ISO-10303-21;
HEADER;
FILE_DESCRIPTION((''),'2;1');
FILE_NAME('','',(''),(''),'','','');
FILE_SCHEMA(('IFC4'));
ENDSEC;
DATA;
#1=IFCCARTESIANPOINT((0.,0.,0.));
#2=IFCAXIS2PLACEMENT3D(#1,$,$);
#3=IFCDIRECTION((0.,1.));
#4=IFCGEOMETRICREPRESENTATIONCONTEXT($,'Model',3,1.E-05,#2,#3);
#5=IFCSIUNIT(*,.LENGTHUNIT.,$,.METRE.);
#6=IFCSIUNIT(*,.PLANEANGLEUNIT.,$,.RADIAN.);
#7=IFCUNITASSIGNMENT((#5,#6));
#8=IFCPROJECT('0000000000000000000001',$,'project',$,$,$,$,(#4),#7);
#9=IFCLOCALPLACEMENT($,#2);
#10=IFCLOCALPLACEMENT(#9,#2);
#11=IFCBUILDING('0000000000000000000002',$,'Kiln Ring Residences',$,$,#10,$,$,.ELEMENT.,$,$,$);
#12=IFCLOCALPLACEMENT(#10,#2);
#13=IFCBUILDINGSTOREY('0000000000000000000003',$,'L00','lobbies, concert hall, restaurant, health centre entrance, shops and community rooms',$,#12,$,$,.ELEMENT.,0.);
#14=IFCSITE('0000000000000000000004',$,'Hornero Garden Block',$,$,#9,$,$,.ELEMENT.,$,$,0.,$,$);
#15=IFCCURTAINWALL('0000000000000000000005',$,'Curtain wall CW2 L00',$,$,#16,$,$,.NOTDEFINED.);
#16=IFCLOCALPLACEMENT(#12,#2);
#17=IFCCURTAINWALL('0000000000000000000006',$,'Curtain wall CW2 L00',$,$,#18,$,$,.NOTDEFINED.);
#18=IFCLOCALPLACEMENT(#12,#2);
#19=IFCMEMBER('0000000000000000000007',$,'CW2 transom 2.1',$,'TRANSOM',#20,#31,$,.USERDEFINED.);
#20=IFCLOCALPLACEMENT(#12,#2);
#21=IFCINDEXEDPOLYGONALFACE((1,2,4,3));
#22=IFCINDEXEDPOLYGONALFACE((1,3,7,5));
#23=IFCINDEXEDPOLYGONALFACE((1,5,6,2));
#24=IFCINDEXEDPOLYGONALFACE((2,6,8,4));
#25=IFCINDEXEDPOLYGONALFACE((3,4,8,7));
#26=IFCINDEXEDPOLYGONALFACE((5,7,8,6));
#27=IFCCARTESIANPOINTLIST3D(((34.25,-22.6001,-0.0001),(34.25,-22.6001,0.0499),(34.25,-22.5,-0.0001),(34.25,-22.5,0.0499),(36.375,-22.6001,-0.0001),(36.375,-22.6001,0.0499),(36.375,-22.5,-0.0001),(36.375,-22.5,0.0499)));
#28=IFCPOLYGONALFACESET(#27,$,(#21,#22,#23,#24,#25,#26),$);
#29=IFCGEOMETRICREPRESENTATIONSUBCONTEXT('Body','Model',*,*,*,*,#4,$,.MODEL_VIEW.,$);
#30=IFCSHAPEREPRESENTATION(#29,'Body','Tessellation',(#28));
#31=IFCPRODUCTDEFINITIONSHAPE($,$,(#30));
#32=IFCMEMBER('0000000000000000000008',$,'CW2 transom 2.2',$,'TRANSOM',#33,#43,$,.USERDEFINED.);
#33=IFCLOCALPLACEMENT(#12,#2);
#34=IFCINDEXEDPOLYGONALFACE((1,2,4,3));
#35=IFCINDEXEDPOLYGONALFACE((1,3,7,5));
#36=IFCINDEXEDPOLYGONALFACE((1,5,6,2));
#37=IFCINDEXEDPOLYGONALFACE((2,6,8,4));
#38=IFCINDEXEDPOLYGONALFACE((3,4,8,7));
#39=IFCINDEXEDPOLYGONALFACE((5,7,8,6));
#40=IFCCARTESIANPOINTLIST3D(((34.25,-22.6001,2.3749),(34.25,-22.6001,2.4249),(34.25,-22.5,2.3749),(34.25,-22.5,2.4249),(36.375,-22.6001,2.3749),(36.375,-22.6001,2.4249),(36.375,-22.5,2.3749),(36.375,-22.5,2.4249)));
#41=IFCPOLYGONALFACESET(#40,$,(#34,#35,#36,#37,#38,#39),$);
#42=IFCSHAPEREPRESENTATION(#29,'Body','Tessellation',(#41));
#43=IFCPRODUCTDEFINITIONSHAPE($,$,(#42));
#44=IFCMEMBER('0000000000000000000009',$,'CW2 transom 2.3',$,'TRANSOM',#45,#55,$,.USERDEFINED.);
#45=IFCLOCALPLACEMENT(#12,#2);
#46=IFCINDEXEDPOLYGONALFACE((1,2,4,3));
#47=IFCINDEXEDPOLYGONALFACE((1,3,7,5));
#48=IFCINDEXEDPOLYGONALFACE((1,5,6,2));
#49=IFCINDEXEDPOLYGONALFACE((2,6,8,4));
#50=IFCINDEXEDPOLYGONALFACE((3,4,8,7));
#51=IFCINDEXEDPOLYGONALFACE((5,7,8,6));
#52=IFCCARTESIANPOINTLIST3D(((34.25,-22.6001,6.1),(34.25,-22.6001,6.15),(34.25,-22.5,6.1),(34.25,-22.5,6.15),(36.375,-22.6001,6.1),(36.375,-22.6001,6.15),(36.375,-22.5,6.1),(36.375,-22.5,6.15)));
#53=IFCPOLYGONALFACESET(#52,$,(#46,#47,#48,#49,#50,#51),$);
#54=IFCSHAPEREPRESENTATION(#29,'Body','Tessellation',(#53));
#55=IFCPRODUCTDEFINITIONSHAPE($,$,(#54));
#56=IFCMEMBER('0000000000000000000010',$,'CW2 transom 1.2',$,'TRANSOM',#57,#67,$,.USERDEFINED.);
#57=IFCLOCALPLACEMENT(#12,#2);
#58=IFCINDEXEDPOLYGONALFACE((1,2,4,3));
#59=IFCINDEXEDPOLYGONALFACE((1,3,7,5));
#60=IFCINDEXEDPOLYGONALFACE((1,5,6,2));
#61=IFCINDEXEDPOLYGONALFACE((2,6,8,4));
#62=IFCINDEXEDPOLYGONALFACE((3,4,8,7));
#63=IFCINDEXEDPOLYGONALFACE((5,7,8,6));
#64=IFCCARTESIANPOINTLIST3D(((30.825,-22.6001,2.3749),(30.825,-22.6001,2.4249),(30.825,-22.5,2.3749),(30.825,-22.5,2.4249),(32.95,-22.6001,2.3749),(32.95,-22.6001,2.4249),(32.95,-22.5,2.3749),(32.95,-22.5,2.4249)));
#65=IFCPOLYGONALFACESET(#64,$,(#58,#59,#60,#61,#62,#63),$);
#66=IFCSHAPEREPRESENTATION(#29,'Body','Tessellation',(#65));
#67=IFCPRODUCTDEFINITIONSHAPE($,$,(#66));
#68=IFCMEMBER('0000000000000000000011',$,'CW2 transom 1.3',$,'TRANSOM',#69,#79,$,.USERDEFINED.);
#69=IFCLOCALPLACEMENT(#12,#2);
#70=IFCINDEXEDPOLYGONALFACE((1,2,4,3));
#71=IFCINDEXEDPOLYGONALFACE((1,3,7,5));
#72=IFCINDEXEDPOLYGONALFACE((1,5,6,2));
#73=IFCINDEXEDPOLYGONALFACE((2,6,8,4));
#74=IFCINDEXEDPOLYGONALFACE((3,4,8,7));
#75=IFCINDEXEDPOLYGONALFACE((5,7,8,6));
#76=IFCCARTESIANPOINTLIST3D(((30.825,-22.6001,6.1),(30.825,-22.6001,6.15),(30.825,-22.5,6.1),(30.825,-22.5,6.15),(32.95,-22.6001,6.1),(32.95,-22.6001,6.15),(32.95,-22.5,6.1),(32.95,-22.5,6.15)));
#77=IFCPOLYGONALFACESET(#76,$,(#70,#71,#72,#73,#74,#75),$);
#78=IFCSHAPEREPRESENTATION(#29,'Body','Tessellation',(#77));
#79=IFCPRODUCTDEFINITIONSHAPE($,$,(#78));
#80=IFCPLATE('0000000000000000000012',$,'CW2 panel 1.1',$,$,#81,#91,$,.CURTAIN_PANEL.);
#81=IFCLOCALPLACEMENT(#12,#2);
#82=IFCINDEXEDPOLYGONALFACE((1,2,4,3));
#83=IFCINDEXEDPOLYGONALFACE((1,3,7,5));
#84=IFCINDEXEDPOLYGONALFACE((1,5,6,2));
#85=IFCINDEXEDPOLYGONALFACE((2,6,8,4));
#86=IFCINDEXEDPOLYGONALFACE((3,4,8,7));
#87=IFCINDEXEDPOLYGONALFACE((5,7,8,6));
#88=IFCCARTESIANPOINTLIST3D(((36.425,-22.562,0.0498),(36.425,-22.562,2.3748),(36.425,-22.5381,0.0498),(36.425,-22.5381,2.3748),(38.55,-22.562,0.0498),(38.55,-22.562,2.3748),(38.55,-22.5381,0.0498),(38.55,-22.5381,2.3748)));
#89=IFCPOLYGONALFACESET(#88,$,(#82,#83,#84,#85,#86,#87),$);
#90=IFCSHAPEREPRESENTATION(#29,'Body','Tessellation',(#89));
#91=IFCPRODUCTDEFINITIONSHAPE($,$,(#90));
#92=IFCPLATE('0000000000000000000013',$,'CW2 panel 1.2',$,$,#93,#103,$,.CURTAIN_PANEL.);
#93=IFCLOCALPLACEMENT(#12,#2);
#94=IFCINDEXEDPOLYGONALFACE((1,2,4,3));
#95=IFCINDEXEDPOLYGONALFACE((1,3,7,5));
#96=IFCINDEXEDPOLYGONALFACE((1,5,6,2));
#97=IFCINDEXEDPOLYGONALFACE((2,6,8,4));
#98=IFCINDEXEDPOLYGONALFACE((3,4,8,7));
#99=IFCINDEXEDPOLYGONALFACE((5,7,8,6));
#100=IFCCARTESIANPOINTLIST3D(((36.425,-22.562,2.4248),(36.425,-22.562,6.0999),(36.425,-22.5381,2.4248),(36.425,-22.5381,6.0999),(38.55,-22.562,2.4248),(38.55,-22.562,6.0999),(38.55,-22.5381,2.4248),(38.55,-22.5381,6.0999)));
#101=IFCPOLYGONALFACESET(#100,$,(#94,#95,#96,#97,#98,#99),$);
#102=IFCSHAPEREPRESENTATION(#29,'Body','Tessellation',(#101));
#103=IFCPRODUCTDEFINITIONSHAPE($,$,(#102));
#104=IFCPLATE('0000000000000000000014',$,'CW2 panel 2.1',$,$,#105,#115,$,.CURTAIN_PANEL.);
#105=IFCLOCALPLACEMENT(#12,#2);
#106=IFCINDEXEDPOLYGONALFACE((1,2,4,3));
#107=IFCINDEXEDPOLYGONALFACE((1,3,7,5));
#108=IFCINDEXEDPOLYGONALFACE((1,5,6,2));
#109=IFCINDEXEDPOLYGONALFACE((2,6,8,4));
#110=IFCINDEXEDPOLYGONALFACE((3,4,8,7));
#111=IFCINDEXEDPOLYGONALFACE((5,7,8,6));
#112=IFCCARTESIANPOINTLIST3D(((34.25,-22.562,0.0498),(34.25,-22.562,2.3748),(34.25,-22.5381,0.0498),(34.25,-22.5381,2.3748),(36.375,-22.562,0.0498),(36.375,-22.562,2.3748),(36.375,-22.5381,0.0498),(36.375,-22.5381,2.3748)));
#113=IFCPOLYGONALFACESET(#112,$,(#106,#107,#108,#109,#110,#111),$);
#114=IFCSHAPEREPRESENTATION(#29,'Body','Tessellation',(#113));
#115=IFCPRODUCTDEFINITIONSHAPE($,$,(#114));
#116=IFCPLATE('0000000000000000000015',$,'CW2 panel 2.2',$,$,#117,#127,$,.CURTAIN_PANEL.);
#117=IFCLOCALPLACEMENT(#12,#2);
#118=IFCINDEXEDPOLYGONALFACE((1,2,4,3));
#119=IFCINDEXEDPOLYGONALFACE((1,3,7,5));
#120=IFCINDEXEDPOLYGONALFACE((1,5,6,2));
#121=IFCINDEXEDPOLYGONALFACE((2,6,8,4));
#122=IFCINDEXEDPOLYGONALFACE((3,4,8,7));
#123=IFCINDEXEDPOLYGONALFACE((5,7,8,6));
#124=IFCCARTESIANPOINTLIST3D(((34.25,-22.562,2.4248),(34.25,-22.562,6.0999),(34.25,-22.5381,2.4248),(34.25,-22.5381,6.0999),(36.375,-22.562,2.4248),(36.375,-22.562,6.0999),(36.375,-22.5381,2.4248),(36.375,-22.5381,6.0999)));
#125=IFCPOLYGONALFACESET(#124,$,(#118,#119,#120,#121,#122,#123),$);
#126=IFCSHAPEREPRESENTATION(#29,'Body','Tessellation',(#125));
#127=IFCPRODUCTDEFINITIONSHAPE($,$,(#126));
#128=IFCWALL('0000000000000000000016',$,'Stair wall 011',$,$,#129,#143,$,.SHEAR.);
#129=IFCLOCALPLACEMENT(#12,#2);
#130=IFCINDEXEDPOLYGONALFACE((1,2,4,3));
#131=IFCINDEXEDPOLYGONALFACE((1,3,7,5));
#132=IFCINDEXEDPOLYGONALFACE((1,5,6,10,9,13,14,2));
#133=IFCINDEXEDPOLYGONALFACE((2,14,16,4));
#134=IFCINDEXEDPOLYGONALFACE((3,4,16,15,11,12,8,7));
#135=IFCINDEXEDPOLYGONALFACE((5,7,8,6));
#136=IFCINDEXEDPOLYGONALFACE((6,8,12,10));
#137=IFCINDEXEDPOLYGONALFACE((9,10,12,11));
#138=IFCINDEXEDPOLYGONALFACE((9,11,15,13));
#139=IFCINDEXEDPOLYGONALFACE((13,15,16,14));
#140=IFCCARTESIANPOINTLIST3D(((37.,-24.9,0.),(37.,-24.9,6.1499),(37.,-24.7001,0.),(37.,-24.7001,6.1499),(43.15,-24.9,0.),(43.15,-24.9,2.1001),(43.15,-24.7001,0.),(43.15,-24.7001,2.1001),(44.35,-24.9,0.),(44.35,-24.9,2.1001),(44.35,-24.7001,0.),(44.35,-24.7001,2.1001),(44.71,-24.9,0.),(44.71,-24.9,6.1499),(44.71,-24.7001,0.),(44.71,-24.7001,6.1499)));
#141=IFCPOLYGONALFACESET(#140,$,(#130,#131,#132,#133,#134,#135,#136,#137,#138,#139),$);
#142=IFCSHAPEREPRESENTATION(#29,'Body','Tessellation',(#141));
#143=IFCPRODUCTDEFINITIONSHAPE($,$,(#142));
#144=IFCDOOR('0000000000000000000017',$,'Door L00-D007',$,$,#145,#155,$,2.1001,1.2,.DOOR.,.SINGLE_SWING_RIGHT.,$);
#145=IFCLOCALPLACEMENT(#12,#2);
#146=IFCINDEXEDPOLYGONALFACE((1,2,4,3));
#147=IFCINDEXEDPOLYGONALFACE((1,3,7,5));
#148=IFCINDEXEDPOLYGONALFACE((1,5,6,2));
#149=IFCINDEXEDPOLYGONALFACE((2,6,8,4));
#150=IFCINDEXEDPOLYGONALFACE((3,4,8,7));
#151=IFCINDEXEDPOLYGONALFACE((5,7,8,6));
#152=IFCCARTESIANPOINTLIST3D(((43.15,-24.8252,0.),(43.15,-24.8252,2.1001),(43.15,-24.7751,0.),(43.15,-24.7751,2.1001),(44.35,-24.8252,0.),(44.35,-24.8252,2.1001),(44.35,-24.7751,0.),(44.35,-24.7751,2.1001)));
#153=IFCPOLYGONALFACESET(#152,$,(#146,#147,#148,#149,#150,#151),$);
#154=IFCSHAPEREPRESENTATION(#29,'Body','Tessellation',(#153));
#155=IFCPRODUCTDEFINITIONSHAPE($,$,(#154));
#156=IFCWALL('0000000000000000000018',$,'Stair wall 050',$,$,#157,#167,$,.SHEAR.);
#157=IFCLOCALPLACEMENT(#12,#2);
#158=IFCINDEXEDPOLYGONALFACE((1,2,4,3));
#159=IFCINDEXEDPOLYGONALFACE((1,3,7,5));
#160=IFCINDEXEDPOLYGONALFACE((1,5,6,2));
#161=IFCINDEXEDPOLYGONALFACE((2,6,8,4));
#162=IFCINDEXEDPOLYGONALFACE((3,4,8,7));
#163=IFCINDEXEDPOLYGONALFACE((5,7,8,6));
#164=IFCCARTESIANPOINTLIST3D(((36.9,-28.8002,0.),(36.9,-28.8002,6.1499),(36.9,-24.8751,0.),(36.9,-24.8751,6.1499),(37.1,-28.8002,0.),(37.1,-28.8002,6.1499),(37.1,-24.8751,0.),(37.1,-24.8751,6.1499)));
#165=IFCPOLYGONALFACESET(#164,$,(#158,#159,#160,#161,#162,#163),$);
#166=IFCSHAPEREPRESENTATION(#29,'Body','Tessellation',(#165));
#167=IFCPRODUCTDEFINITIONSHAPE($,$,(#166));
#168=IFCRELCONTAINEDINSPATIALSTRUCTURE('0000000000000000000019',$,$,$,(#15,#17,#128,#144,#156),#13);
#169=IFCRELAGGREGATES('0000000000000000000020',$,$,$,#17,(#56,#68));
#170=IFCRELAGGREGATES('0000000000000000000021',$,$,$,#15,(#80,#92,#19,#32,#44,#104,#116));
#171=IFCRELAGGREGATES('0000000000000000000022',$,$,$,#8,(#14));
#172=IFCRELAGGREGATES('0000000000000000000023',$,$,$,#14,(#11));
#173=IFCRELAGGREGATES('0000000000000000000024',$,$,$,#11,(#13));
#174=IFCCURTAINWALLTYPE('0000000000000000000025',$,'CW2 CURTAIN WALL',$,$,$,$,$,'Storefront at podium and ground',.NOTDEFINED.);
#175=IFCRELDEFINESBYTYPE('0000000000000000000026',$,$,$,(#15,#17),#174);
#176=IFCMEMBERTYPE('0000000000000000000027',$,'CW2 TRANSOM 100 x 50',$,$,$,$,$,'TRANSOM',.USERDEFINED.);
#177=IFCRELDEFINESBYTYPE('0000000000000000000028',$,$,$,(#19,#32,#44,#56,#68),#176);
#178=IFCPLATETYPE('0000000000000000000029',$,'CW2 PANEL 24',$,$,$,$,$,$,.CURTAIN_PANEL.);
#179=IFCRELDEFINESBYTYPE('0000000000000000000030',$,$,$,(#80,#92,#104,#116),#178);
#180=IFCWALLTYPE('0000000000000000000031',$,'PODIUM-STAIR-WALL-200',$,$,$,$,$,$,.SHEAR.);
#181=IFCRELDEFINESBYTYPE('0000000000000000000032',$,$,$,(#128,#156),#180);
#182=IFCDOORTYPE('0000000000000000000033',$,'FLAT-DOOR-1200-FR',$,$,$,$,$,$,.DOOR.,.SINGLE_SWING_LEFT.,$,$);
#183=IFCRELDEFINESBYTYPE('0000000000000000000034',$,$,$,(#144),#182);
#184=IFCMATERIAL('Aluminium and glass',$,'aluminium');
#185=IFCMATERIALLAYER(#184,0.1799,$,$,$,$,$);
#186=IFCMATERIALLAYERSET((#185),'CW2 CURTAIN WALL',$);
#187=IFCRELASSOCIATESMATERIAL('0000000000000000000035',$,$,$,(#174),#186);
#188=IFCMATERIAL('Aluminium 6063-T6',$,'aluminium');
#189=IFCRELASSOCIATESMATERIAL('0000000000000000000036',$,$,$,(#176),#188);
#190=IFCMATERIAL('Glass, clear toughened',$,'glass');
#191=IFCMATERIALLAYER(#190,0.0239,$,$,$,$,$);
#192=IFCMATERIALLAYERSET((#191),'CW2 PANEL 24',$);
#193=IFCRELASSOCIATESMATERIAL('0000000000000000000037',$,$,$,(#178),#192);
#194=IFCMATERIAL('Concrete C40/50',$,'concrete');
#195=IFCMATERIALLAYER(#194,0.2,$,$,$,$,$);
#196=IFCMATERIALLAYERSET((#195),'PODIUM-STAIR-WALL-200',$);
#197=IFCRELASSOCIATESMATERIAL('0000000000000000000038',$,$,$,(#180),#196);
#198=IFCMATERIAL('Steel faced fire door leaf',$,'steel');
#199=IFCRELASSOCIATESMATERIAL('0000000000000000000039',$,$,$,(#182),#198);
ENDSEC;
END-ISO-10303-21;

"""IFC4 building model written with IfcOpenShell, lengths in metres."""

from ifc_helpers import new_model, si_unit, direction, frame, frame_2d, origin, origin_2d, place, context, subcontext, project, spatial, rectangle, extrude, material, layer, layer_set, material_profile, profile_set, type_object, element, fill, aggregate, save


model = new_model("IFC4")

# Units and contexts
model_context = context("Model", 3, precision=1e-05, world=origin(), true_north=direction((0.0, 1.0)))
body_context = subcontext(model_context, "Body", "Model", "MODEL_VIEW")
ifc_project = project(units=[si_unit("LENGTHUNIT", "METRE"), si_unit("PLANEANGLEUNIT", "RADIAN")], contexts=[model_context])

# Site, building, storey
site_placement = place(None, origin())
site = spatial("IfcSite", under=ifc_project, at=site_placement, Name="Hornero Garden Block", CompositionType="ELEMENT", RefElevation=0.0)
building_placement = place(site_placement, origin())
building = spatial("IfcBuilding", under=site, at=building_placement, Name="Kiln Ring Residences", CompositionType="ELEMENT")
storey_placement = place(building_placement, origin())
storey = spatial("IfcBuildingStorey", under=building, at=storey_placement, Name="L00", Description="lobbies, concert hall, restaurant, health centre entrance, shops and community rooms", CompositionType="ELEMENT", Elevation=0.0)

# Curtain wall
ifc_material_1 = material(Name="Aluminium and glass", Category="aluminium")
ifc_layer_1 = layer(ifc_material_1, 0.1799)
ifc_layer_set_1 = layer_set([ifc_layer_1], Name="CW2 CURTAIN WALL")
curtain_wall_type = type_object("IfcCurtainWallType", Name="CW2 CURTAIN WALL", ElementType="Storefront at podium and ground", PredefinedType="NOTDEFINED", material=ifc_layer_set_1)
placement = place(storey_placement, origin())
curtain_wall_1 = element("IfcCurtainWall", 1, at=placement, inside=storey, type_object=curtain_wall_type, Name="Curtain wall CW2 L00", PredefinedType="NOTDEFINED")

# Curtain wall
curtain_wall_2 = element("IfcCurtainWall", 2, at=placement, inside=storey, type_object=curtain_wall_type, Name="Curtain wall CW2 L00", PredefinedType="NOTDEFINED")

# Members
ifc_material_2 = material(Name="Aluminium 6063-T6", Category="aluminium")
ifc_material_profile_1 = material_profile(ifc_material_2, rectangle(XDim=0.1001, YDim=0.05, at=origin_2d()), Name="AL 100x50")
ifc_profile_set_1 = profile_set([ifc_material_profile_1], Name="Aluminium 6063-T6")
member_type_1 = type_object("IfcMemberType", Name="CW2 TRANSOM 100 x 50", ElementType="TRANSOM", PredefinedType="USERDEFINED", material=ifc_profile_set_1)
member_1_placement = place(storey_placement, frame((36.375, -22.55, 0.0249), z_axis=(-1.0, 0.0, 0.0), x_axis=(0.0, -1.0, 0.0)))
member_1 = element("IfcMember", 3, at=member_1_placement, type_object=member_type_1, Name="CW2 transom 2.1", ObjectType="TRANSOM", PredefinedType="USERDEFINED", context=body_context, shape_type="SweptSolid", body=[
    extrude(rectangle(XDim=0.1001, YDim=0.05, at=origin_2d()), origin(), (0.0, 0.0, 1.0), 2.125),
])
member_2_placement = place(storey_placement, frame((36.375, -22.55, 2.3999), z_axis=(-1.0, 0.0, 0.0), x_axis=(0.0, -1.0, 0.0)))
member_2 = element("IfcMember", 4, at=member_2_placement, type_object=member_type_1, Name="CW2 transom 2.2", ObjectType="TRANSOM", PredefinedType="USERDEFINED", context=body_context, shape_type="SweptSolid", body=[
    extrude(rectangle(XDim=0.1001, YDim=0.05, at=origin_2d()), origin(), (0.0, 0.0, 1.0), 2.125),
])
member_3_placement = place(storey_placement, frame((36.375, -22.55, 6.125), z_axis=(-1.0, 0.0, 0.0), x_axis=(0.0, -1.0, 0.0)))
member_3 = element("IfcMember", 5, at=member_3_placement, type_object=member_type_1, Name="CW2 transom 2.3", ObjectType="TRANSOM", PredefinedType="USERDEFINED", context=body_context, shape_type="SweptSolid", body=[
    extrude(rectangle(XDim=0.1001, YDim=0.05, at=origin_2d()), origin(), (0.0, 0.0, 1.0), 2.125),
])
member_4_placement = place(storey_placement, frame((32.95, -22.55, 2.3999), z_axis=(-1.0, 0.0, 0.0), x_axis=(0.0, -1.0, 0.0)))
member_4 = element("IfcMember", 6, at=member_4_placement, type_object=member_type_1, Name="CW2 transom 1.2", ObjectType="TRANSOM", PredefinedType="USERDEFINED", context=body_context, shape_type="SweptSolid", body=[
    extrude(rectangle(XDim=0.1001, YDim=0.05, at=origin_2d()), origin(), (0.0, 0.0, 1.0), 2.125),
])
member_5_placement = place(storey_placement, frame((32.95, -22.55, 6.125), z_axis=(-1.0, 0.0, 0.0), x_axis=(0.0, -1.0, 0.0)))
member_5 = element("IfcMember", 7, at=member_5_placement, type_object=member_type_1, Name="CW2 transom 1.3", ObjectType="TRANSOM", PredefinedType="USERDEFINED", context=body_context, shape_type="SweptSolid", body=[
    extrude(rectangle(XDim=0.1001, YDim=0.05, at=origin_2d()), origin(), (0.0, 0.0, 1.0), 2.125),
])
aggregate(curtain_wall_2, [member_4, member_5])

# Plates
ifc_material_3 = material(Name="Glass, clear toughened", Category="glass")
ifc_layer_2 = layer(ifc_material_3, 0.0239)
ifc_layer_set_2 = layer_set([ifc_layer_2], Name="CW2 PANEL 24")
plate_type = type_object("IfcPlateType", Name="CW2 PANEL 24", PredefinedType="CURTAIN_PANEL", material=ifc_layer_set_2)
plate_1_placement = place(storey_placement, frame((37.4875, -22.55, 0.0498), z_axis=(0.0, 0.0, 1.0), x_axis=(-1.0, 0.0, 0.0)))
plate_1 = element("IfcPlate", 8, at=plate_1_placement, type_object=plate_type, Name="CW2 panel 1.1", PredefinedType="CURTAIN_PANEL", context=body_context, shape_type="SweptSolid", body=[
    extrude(rectangle(XDim=2.125, YDim=0.0239, at=origin_2d()), origin(), (0.0, 0.0, 1.0), 2.325),
])
plate_2_placement = place(storey_placement, frame((37.4875, -22.55, 2.4248), z_axis=(0.0, 0.0, 1.0), x_axis=(-1.0, 0.0, 0.0)))
plate_2 = element("IfcPlate", 9, at=plate_2_placement, type_object=plate_type, Name="CW2 panel 1.2", PredefinedType="CURTAIN_PANEL", context=body_context, shape_type="SweptSolid", body=[
    extrude(rectangle(XDim=2.125, YDim=0.0239, at=origin_2d()), origin(), (0.0, 0.0, 1.0), 3.675),
])
plate_3_placement = place(storey_placement, frame((35.3125, -22.55, 0.0498), z_axis=(0.0, 0.0, 1.0), x_axis=(-1.0, 0.0, 0.0)))
plate_3 = element("IfcPlate", 10, at=plate_3_placement, type_object=plate_type, Name="CW2 panel 2.1", PredefinedType="CURTAIN_PANEL", context=body_context, shape_type="SweptSolid", body=[
    extrude(rectangle(XDim=2.125, YDim=0.0239, at=origin_2d()), origin(), (0.0, 0.0, 1.0), 2.325),
])
plate_4_placement = place(storey_placement, frame((35.3125, -22.55, 2.4248), z_axis=(0.0, 0.0, 1.0), x_axis=(-1.0, 0.0, 0.0)))
plate_4 = element("IfcPlate", 11, at=plate_4_placement, type_object=plate_type, Name="CW2 panel 2.2", PredefinedType="CURTAIN_PANEL", context=body_context, shape_type="SweptSolid", body=[
    extrude(rectangle(XDim=2.125, YDim=0.0239, at=origin_2d()), origin(), (0.0, 0.0, 1.0), 3.675),
])
aggregate(curtain_wall_1, [plate_1, plate_2, member_1, member_2, member_3, plate_3, plate_4])

# Wall, opening, door
ifc_material_4 = material(Name="Concrete C40/50", Category="concrete")
ifc_layer_3 = layer(ifc_material_4, 0.2)
ifc_layer_set_3 = layer_set([ifc_layer_3], Name="PODIUM-STAIR-WALL-200")
wall_type = type_object("IfcWallType", Name="PODIUM-STAIR-WALL-200", PredefinedType="SHEAR", material=ifc_layer_set_3)
wall_1_placement = place(storey_placement, frame((37.0, -24.8, 0.0), z_axis=(0.0, 0.0, 1.0), x_axis=(1.0, 0.0, 0.0)))
wall_1 = element("IfcWall", 12, at=wall_1_placement, inside=storey, type_object=wall_type, Name="Stair wall 011", PredefinedType="SHEAR", context=body_context, shape_type="SweptSolid", body=[
    extrude(rectangle(XDim=7.71, YDim=0.2, at=frame_2d((3.855, 0.0))), origin(), (0.0, 0.0, 1.0), 6.1499),
])
opening_placement = place(wall_1_placement, frame((6.1499, 0.0, 0.0)))
opening = element("IfcOpeningElement", 13, at=opening_placement, cuts=wall_1, PredefinedType="OPENING", context=body_context, shape_type="SweptSolid", body=[
    extrude(rectangle(XDim=1.2, YDim=2.1001, at=frame_2d((0.6001, 1.05))), frame((0.0, 0.1099, 0.0), z_axis=(0.0, -1.0, 0.0), x_axis=(1.0, 0.0, 0.0)), (0.0, 0.0, 1.0), 0.22),
])
ifc_material_5 = material(Name="Steel faced fire door leaf", Category="steel")
door_type = type_object("IfcDoorType", Name="FLAT-DOOR-1200-FR", OperationType="SINGLE_SWING_LEFT", PredefinedType="DOOR", material=ifc_material_5)
door_placement = place(opening_placement, origin())
door = element("IfcDoor", 14, at=door_placement, inside=storey, type_object=door_type, Name="Door L00-D007", OperationType="SINGLE_SWING_RIGHT", OverallHeight=2.1001, OverallWidth=1.2, PredefinedType="DOOR", context=body_context, shape_type="SweptSolid", body=[
    extrude(rectangle(XDim=1.2, YDim=2.1001, at=frame_2d((0.6001, 1.05))), frame((0.0, 0.0249, 0.0), z_axis=(0.0, -1.0, 0.0), x_axis=(1.0, 0.0, 0.0)), (0.0, 0.0, 1.0), 0.05),
])
fill(opening, door)

# Wall
wall_2_placement = place(storey_placement, frame((37.0, -28.8, 0.0), z_axis=(0.0, 0.0, 1.0), x_axis=(0.0, 1.0, 0.0)))
element("IfcWall", 15, at=wall_2_placement, inside=storey, type_object=wall_type, Name="Stair wall 050", PredefinedType="SHEAR", context=body_context, shape_type="SweptSolid", body=[
    extrude(rectangle(XDim=3.925, YDim=0.2, at=frame_2d((1.9624, 0.0))), origin(), (0.0, 0.0, 1.0), 6.1499),
])

save(model, "model.ifc")
